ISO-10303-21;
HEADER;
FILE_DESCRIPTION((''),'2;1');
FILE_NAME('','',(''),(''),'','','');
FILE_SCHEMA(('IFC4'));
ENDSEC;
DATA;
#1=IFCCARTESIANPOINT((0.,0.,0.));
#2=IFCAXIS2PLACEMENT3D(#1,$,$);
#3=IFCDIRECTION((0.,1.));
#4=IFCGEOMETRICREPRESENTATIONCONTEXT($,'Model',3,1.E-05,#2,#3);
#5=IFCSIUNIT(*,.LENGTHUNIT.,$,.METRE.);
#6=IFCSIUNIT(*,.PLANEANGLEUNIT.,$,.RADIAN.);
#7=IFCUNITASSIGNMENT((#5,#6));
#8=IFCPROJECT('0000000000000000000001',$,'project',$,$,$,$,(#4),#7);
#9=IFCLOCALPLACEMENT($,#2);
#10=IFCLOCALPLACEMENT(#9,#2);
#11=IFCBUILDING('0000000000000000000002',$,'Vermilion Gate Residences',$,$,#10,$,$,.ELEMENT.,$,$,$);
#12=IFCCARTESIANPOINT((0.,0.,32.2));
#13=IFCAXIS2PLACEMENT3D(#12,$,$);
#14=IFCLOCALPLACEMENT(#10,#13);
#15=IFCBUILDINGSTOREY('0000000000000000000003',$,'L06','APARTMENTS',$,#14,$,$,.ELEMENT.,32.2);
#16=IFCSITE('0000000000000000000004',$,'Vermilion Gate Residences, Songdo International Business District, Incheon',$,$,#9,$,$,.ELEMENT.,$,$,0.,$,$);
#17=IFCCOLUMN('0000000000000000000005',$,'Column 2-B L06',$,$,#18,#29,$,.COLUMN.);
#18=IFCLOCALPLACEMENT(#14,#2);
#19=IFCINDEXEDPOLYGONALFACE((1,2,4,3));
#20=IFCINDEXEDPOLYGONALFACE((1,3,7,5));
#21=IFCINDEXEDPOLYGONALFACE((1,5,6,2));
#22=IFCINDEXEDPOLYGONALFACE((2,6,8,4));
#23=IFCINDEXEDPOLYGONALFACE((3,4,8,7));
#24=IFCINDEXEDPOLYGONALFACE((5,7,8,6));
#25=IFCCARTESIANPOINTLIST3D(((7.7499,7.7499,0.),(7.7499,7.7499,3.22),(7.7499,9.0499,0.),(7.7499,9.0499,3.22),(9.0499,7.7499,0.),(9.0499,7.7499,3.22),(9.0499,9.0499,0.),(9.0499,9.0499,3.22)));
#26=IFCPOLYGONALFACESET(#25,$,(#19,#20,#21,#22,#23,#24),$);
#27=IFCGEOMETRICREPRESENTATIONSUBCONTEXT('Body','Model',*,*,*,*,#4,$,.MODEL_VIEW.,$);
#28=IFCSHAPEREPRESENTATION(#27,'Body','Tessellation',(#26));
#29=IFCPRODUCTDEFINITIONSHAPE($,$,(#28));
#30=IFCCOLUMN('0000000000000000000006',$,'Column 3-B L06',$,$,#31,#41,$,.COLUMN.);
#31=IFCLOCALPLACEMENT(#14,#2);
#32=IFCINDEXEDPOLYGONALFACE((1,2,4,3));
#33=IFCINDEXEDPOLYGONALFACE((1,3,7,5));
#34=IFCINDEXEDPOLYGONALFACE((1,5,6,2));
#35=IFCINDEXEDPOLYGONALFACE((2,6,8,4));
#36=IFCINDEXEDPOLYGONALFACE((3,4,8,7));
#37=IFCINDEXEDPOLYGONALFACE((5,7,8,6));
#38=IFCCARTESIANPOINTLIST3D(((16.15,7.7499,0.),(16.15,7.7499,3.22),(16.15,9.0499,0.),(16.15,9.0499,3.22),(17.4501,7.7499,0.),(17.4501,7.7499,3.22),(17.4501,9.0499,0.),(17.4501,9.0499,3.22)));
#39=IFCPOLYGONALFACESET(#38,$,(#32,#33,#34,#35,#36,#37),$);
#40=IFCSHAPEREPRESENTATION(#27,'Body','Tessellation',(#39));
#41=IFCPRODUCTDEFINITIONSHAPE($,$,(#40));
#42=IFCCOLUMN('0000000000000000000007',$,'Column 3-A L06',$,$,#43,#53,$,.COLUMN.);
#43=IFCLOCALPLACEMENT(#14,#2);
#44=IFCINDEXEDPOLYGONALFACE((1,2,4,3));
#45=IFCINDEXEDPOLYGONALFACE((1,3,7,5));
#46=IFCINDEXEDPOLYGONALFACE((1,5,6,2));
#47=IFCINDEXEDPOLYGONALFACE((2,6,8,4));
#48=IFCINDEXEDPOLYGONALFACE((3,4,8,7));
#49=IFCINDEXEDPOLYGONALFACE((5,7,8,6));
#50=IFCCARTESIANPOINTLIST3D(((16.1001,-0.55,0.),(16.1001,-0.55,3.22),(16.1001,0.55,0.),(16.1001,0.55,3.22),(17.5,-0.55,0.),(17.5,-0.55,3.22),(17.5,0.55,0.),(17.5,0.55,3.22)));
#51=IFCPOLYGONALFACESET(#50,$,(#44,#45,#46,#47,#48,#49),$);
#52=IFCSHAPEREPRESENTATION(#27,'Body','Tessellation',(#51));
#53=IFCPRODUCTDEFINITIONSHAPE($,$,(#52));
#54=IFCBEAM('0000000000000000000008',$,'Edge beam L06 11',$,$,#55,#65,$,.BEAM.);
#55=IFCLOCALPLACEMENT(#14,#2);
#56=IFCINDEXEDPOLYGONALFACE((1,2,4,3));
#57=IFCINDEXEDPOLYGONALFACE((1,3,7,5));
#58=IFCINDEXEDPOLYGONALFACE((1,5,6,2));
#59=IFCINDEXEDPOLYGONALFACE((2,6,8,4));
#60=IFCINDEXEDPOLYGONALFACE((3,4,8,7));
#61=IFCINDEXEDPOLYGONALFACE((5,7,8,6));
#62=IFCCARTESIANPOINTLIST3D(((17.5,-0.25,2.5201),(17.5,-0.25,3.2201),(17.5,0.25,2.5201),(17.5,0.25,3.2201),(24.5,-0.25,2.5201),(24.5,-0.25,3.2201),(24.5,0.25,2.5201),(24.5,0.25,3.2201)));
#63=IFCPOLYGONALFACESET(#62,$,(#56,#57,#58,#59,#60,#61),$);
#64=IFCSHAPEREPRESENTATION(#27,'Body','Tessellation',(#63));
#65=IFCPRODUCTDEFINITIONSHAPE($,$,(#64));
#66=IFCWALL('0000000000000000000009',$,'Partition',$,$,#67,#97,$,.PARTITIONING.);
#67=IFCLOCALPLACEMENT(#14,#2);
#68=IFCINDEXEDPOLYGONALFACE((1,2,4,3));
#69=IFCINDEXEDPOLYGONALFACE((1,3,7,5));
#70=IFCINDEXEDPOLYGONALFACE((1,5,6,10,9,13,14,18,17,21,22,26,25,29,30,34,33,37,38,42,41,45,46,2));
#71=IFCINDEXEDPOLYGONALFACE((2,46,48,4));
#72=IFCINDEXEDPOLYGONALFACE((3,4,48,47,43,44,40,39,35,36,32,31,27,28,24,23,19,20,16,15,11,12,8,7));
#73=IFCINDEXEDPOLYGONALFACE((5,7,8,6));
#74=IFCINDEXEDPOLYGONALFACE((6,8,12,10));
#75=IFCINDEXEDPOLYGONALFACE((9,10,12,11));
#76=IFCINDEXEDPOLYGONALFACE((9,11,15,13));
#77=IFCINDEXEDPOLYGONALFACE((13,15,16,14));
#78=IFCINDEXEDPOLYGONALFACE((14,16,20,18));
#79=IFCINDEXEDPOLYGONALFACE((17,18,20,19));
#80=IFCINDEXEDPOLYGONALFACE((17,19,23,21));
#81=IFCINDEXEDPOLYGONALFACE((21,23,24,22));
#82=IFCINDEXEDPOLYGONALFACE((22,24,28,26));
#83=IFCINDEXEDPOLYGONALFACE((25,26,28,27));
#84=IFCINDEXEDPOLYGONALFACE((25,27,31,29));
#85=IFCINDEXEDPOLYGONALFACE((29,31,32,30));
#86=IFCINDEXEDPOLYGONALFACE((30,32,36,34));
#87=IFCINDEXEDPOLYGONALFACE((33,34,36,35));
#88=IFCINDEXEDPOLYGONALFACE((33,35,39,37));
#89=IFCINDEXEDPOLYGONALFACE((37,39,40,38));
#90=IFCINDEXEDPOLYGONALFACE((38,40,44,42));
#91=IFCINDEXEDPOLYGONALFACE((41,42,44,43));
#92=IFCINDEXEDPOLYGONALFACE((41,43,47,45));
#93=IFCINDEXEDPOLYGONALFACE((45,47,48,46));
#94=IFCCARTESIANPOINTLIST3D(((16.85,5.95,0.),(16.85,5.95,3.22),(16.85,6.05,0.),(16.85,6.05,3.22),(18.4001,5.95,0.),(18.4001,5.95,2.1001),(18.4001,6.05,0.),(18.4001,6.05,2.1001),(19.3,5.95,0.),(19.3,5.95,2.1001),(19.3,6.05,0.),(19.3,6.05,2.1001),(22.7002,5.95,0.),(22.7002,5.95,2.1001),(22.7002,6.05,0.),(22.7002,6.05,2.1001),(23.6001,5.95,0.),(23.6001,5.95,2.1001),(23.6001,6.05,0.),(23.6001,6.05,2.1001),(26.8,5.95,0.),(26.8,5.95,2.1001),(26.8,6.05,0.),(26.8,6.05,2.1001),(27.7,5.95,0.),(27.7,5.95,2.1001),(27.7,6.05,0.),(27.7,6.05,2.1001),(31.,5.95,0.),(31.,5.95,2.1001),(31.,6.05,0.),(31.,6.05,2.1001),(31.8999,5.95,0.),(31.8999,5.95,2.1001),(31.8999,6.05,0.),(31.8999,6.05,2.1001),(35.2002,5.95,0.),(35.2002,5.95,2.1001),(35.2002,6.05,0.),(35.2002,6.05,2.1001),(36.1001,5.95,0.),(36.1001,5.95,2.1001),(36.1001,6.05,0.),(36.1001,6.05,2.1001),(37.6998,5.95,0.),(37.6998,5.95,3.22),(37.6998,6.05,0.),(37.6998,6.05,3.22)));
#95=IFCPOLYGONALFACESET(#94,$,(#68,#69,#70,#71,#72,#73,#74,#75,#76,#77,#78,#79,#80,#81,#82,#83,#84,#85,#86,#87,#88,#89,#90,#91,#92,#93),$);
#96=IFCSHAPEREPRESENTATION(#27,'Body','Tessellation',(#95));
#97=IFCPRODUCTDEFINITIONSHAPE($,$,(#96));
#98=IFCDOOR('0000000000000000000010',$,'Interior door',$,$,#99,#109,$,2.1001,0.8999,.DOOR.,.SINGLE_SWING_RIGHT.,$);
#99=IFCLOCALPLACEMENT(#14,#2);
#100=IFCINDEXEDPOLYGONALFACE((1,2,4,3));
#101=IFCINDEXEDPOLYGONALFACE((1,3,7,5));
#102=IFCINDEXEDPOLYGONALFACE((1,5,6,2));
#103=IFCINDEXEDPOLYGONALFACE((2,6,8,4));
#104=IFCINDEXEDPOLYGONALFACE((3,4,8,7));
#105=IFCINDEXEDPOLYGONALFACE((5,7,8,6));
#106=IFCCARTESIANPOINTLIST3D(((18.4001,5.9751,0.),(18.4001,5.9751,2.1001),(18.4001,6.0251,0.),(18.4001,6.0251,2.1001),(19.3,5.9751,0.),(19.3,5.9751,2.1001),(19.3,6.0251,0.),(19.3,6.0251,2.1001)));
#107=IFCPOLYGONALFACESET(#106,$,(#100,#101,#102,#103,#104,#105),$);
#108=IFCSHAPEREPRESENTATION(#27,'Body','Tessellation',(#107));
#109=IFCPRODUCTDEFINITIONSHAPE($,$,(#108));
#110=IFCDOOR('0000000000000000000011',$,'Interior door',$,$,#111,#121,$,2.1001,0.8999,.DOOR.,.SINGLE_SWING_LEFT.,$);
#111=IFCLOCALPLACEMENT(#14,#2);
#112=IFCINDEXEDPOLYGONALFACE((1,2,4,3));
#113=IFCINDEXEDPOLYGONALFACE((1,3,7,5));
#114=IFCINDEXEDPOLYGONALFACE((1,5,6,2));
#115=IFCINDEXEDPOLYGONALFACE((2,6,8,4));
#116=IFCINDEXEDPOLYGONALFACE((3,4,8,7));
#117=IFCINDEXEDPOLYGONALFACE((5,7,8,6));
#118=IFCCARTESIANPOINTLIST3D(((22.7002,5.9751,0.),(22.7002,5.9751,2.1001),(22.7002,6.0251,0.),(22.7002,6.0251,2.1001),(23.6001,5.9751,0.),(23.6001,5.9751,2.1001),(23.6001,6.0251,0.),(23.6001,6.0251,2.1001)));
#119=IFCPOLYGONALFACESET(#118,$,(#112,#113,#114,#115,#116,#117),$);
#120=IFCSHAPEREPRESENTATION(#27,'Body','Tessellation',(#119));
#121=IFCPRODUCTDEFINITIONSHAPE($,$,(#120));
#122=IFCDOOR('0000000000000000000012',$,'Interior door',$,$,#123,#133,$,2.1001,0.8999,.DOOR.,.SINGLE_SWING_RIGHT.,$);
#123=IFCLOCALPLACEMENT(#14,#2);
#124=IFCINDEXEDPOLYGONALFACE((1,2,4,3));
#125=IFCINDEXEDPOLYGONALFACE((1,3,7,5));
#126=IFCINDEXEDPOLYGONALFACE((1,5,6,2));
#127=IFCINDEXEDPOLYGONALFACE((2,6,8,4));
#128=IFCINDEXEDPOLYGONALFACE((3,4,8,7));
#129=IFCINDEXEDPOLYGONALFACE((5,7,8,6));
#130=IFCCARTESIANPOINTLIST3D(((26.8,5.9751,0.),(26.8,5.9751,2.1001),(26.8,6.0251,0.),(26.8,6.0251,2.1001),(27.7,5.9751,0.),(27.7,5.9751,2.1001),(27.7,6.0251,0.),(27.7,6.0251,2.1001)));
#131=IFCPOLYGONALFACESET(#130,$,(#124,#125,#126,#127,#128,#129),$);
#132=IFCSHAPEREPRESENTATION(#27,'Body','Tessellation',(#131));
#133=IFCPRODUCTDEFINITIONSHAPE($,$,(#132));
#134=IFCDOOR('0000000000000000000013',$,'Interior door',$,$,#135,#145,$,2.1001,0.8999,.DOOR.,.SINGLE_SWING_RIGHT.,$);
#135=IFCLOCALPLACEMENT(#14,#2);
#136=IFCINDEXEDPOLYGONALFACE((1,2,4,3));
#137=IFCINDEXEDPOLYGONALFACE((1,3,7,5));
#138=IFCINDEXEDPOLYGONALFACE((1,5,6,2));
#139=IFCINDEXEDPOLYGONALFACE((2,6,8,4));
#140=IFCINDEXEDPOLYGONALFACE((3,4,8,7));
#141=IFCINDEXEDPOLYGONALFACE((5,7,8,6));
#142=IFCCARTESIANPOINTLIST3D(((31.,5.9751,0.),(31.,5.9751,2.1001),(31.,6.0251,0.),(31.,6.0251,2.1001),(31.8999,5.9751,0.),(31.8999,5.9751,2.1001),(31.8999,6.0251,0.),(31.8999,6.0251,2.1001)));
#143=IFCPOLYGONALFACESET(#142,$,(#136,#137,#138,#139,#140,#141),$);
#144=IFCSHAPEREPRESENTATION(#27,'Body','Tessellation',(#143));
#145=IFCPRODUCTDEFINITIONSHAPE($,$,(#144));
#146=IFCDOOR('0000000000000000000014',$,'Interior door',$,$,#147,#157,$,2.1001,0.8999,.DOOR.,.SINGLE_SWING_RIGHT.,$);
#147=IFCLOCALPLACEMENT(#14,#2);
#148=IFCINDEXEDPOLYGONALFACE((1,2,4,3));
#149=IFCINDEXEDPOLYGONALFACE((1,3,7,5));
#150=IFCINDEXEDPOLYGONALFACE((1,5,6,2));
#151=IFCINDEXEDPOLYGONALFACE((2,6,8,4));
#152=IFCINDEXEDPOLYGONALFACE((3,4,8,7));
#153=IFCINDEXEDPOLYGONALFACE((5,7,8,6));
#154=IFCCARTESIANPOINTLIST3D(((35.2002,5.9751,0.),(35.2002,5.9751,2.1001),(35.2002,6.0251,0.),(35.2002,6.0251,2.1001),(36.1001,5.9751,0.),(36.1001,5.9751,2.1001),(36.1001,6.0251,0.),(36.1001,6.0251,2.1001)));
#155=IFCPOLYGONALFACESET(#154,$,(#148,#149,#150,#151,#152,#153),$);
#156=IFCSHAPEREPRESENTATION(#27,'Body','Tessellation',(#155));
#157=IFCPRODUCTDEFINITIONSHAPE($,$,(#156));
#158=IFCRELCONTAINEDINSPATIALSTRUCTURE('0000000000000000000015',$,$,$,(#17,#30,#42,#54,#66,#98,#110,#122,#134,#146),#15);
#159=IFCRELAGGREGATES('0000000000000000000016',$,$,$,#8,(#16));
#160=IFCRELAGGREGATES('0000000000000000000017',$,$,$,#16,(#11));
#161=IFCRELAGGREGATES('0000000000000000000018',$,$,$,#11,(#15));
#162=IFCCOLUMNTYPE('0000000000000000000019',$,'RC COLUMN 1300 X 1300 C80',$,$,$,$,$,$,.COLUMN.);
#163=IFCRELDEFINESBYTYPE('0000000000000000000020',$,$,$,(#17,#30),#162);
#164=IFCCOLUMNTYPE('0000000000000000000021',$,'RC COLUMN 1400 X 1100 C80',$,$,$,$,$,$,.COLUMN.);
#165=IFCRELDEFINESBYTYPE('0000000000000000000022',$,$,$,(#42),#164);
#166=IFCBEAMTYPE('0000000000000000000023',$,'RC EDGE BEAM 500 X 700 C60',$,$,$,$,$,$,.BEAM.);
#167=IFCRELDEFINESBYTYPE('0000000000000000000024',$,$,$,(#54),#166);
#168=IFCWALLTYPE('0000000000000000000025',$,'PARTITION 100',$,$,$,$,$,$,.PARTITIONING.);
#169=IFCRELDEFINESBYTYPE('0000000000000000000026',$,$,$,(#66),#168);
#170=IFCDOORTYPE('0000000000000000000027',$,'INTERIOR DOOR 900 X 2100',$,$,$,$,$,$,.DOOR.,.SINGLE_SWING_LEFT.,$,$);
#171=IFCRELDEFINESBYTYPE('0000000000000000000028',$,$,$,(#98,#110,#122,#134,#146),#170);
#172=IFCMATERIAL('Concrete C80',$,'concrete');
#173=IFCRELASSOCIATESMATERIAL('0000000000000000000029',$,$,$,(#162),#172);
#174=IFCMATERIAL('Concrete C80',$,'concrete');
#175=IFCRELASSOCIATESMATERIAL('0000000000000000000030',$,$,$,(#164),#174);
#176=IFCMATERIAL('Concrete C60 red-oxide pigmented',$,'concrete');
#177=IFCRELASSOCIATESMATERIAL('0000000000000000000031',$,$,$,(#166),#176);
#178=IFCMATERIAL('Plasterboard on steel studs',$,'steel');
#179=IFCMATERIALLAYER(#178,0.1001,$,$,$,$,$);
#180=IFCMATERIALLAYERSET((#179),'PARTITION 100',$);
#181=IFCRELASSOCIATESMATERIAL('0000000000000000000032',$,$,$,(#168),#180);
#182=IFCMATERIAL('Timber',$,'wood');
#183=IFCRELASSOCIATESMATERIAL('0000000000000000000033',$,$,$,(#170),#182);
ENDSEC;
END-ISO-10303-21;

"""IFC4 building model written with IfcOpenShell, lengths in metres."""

from ifc_helpers import new_model, si_unit, direction, frame, frame_2d, origin, origin_2d, place, context, subcontext, project, spatial, rectangle, extrude, material, layer, layer_set, material_profile, profile_set, type_object, element, fill, save


model = new_model("IFC4")

# Units and contexts
model_context = context("Model", 3, precision=1e-05, world=origin(), true_north=direction((0.0, 1.0)))
body_context = subcontext(model_context, "Body", "Model", "MODEL_VIEW")
ifc_project = project(units=[si_unit("LENGTHUNIT", "METRE"), si_unit("PLANEANGLEUNIT", "RADIAN")], contexts=[model_context])

# Site, building, storey
site_placement = place(None, origin())
site = spatial("IfcSite", under=ifc_project, at=site_placement, Name="Vermilion Gate Residences, Songdo International Business District, Incheon", CompositionType="ELEMENT", RefElevation=0.0)
building_placement = place(site_placement, origin())
building = spatial("IfcBuilding", under=site, at=building_placement, Name="Vermilion Gate Residences", CompositionType="ELEMENT")
storey_placement = place(building_placement, frame((0.0, 0.0, 32.2)))
storey = spatial("IfcBuildingStorey", under=building, at=storey_placement, Name="L06", Description="APARTMENTS", CompositionType="ELEMENT", Elevation=32.2)

# Columns
ifc_material_1 = material(Name="Concrete C80", Category="concrete")
ifc_material_profile_1 = material_profile(ifc_material_1, rectangle(XDim=1.3, YDim=1.3, at=origin_2d()), Name="RC-1300x1300")
ifc_profile_set_1 = profile_set([ifc_material_profile_1], Name="Concrete C80")
column_type_1 = type_object("IfcColumnType", Name="RC COLUMN 1300 X 1300 C80", PredefinedType="COLUMN", material=ifc_profile_set_1)
for number, where, z_axis, x_axis, name in (
    (1, (8.3999, 8.3999, 0.0), (0.0, 0.0, 1.0), (1.0, 0.0, 0.0), "Column 2-B L06"),
    (2, (16.8, 8.3999, 0.0), (0.0, 0.0, 1.0), (1.0, 0.0, 0.0), "Column 3-B L06"),
):
    element("IfcColumn", number, at=place(storey_placement, frame(where, z_axis=z_axis, x_axis=x_axis)), inside=storey, type_object=column_type_1, Name=name, PredefinedType="COLUMN", context=body_context, shape_type="SweptSolid", body=[
        extrude(rectangle(XDim=1.3, YDim=1.3, at=origin_2d()), origin(), (0.0, 0.0, 1.0), 3.22),
    ])
ifc_material_2 = material(Name="Concrete C80", Category="concrete")
ifc_material_profile_2 = material_profile(ifc_material_2, rectangle(XDim=1.3999, YDim=1.1001, at=origin_2d()), Name="RC-1400x1100")
ifc_profile_set_2 = profile_set([ifc_material_profile_2], Name="Concrete C80")
column_type_2 = type_object("IfcColumnType", Name="RC COLUMN 1400 X 1100 C80", PredefinedType="COLUMN", material=ifc_profile_set_2)
column_placement = place(storey_placement, frame((16.8, 0.0, 0.0), z_axis=(0.0, 0.0, 1.0), x_axis=(1.0, 0.0, 0.0)))
element("IfcColumn", 3, at=column_placement, inside=storey, type_object=column_type_2, Name="Column 3-A L06", PredefinedType="COLUMN", context=body_context, shape_type="SweptSolid", body=[
    extrude(rectangle(XDim=1.3999, YDim=1.1001, at=origin_2d()), origin(), (0.0, 0.0, 1.0), 3.22),
])

# Beam
ifc_material_3 = material(Name="Concrete C60 red-oxide pigmented", Category="concrete")
ifc_material_profile_3 = material_profile(ifc_material_3, rectangle(XDim=0.5, YDim=0.7, at=origin_2d()), Name="RC-500x700")
ifc_profile_set_3 = profile_set([ifc_material_profile_3], Name="Concrete C60 red-oxide pigmented")
beam_type = type_object("IfcBeamType", Name="RC EDGE BEAM 500 X 700 C60", PredefinedType="BEAM", material=ifc_profile_set_3)
beam_placement = place(storey_placement, frame((17.5, 0.0, 2.8701), z_axis=(1.0, 0.0, 0.0), x_axis=(0.0, 1.0, 0.0)))
element("IfcBeam", 4, at=beam_placement, inside=storey, type_object=beam_type, Name="Edge beam L06 11", PredefinedType="BEAM", context=body_context, shape_type="SweptSolid", body=[
    extrude(rectangle(XDim=0.5, YDim=0.7, at=origin_2d()), origin(), (0.0, 0.0, 1.0), 7.0),
])

# Wall, openings, doors
ifc_material_4 = material(Name="Plasterboard on steel studs", Category="steel")
ifc_layer = layer(ifc_material_4, 0.1001)
ifc_layer_set = layer_set([ifc_layer], Name="PARTITION 100")
wall_type = type_object("IfcWallType", Name="PARTITION 100", PredefinedType="PARTITIONING", material=ifc_layer_set)
wall_1_placement = place(storey_placement, frame((16.8501, 6.0, 0.0), z_axis=(0.0, 0.0, 1.0), x_axis=(1.0, 0.0, 0.0)))
wall_1 = element("IfcWall", 5, at=wall_1_placement, inside=storey, type_object=wall_type, Name="Partition", PredefinedType="PARTITIONING", context=body_context, shape_type="SweptSolid", body=[
    extrude(rectangle(XDim=20.8499, YDim=0.1001, at=frame_2d((10.4248, 0.0))), origin(), (0.0, 0.0, 1.0), 3.22),
])
opening_1_placement = place(wall_1_placement, frame((1.55, 0.0, 0.0)))
opening_1 = element("IfcOpeningElement", 6, at=opening_1_placement, cuts=wall_1, PredefinedType="OPENING", context=body_context, shape_type="SweptSolid", body=[
    extrude(rectangle(XDim=0.8999, YDim=2.1001, at=frame_2d((0.45, 1.05))), frame((0.0, 0.0601, 0.0), z_axis=(0.0, -1.0, 0.0), x_axis=(1.0, 0.0, 0.0)), (0.0, 0.0, 1.0), 0.1201),
])
opening_2_placement = place(wall_1_placement, frame((5.8501, 0.0, 0.0)))
opening_2 = element("IfcOpeningElement", 7, at=opening_2_placement, cuts=wall_1, PredefinedType="OPENING", context=body_context, shape_type="SweptSolid", body=[
    extrude(rectangle(XDim=0.8999, YDim=2.1001, at=frame_2d((0.45, 1.05))), frame((0.0, 0.0601, 0.0), z_axis=(0.0, -1.0, 0.0), x_axis=(1.0, 0.0, 0.0)), (0.0, 0.0, 1.0), 0.1201),
])
opening_3_placement = place(wall_1_placement, frame((9.95, 0.0, 0.0)))
opening_3 = element("IfcOpeningElement", 8, at=opening_3_placement, cuts=wall_1, PredefinedType="OPENING", context=body_context, shape_type="SweptSolid", body=[
    extrude(rectangle(XDim=0.8999, YDim=2.1001, at=frame_2d((0.45, 1.05))), frame((0.0, 0.0601, 0.0), z_axis=(0.0, -1.0, 0.0), x_axis=(1.0, 0.0, 0.0)), (0.0, 0.0, 1.0), 0.1201),
])
opening_4_placement = place(wall_1_placement, frame((14.1499, 0.0, 0.0)))
opening_4 = element("IfcOpeningElement", 9, at=opening_4_placement, cuts=wall_1, PredefinedType="OPENING", context=body_context, shape_type="SweptSolid", body=[
    extrude(rectangle(XDim=0.8999, YDim=2.1001, at=frame_2d((0.45, 1.05))), frame((0.0, 0.0601, 0.0), z_axis=(0.0, -1.0, 0.0), x_axis=(1.0, 0.0, 0.0)), (0.0, 0.0, 1.0), 0.1201),
])
opening_5_placement = place(wall_1_placement, frame((18.3501, 0.0, 0.0)))
opening_5 = element("IfcOpeningElement", 10, at=opening_5_placement, cuts=wall_1, PredefinedType="OPENING", context=body_context, shape_type="SweptSolid", body=[
    extrude(rectangle(XDim=0.8999, YDim=2.1001, at=frame_2d((0.45, 1.05))), frame((0.0, 0.0601, 0.0), z_axis=(0.0, -1.0, 0.0), x_axis=(1.0, 0.0, 0.0)), (0.0, 0.0, 1.0), 0.1201),
])
ifc_material_5 = material(Name="Timber", Category="wood")
door_type = type_object("IfcDoorType", Name="INTERIOR DOOR 900 X 2100", OperationType="SINGLE_SWING_LEFT", PredefinedType="DOOR", material=ifc_material_5)
door_1_placement = place(opening_1_placement, frame((0.8999, 0.0, 0.0), z_axis=(0.0, 0.0, 1.0), x_axis=(-1.0, 0.0, 0.0)))
door_1 = element("IfcDoor", 11, at=door_1_placement, inside=storey, type_object=door_type, Name="Interior door", OperationType="SINGLE_SWING_RIGHT", OverallHeight=2.1001, OverallWidth=0.8999, PredefinedType="DOOR", context=body_context, shape_type="SweptSolid", body=[
    extrude(rectangle(XDim=0.8999, YDim=2.1001, at=frame_2d((0.45, 1.05))), frame((0.0, 0.0249, 0.0), z_axis=(0.0, -1.0, 0.0), x_axis=(1.0, 0.0, 0.0)), (0.0, 0.0, 1.0), 0.05),
])
fill(opening_1, door_1)
door_2_placement = place(opening_2_placement, frame((0.8999, 0.0, 0.0), z_axis=(0.0, 0.0, 1.0), x_axis=(-1.0, 0.0, 0.0)))
door_2 = element("IfcDoor", 12, at=door_2_placement, inside=storey, type_object=door_type, Name="Interior door", OperationType="SINGLE_SWING_LEFT", OverallHeight=2.1001, OverallWidth=0.8999, PredefinedType="DOOR", context=body_context, shape_type="SweptSolid", body=[
    extrude(rectangle(XDim=0.8999, YDim=2.1001, at=frame_2d((0.45, 1.05))), frame((0.0, 0.0249, 0.0), z_axis=(0.0, -1.0, 0.0), x_axis=(1.0, 0.0, 0.0)), (0.0, 0.0, 1.0), 0.05),
])
fill(opening_2, door_2)
door_3_placement = place(opening_3_placement, frame((0.8999, 0.0, 0.0), z_axis=(0.0, 0.0, 1.0), x_axis=(-1.0, 0.0, 0.0)))
door_3 = element("IfcDoor", 13, at=door_3_placement, inside=storey, type_object=door_type, Name="Interior door", OperationType="SINGLE_SWING_RIGHT", OverallHeight=2.1001, OverallWidth=0.8999, PredefinedType="DOOR", context=body_context, shape_type="SweptSolid", body=[
    extrude(rectangle(XDim=0.8999, YDim=2.1001, at=frame_2d((0.45, 1.05))), frame((0.0, 0.0249, 0.0), z_axis=(0.0, -1.0, 0.0), x_axis=(1.0, 0.0, 0.0)), (0.0, 0.0, 1.0), 0.05),
])
fill(opening_3, door_3)
door_4_placement = place(opening_4_placement, frame((0.8999, 0.0, 0.0), z_axis=(0.0, 0.0, 1.0), x_axis=(-1.0, 0.0, 0.0)))
door_4 = element("IfcDoor", 14, at=door_4_placement, inside=storey, type_object=door_type, Name="Interior door", OperationType="SINGLE_SWING_RIGHT", OverallHeight=2.1001, OverallWidth=0.8999, PredefinedType="DOOR", context=body_context, shape_type="SweptSolid", body=[
    extrude(rectangle(XDim=0.8999, YDim=2.1001, at=frame_2d((0.45, 1.05))), frame((0.0, 0.0249, 0.0), z_axis=(0.0, -1.0, 0.0), x_axis=(1.0, 0.0, 0.0)), (0.0, 0.0, 1.0), 0.05),
])
fill(opening_4, door_4)
door_5_placement = place(opening_5_placement, frame((0.8999, 0.0, 0.0), z_axis=(0.0, 0.0, 1.0), x_axis=(-1.0, 0.0, 0.0)))
door_5 = element("IfcDoor", 15, at=door_5_placement, inside=storey, type_object=door_type, Name="Interior door", OperationType="SINGLE_SWING_RIGHT", OverallHeight=2.1001, OverallWidth=0.8999, PredefinedType="DOOR", context=body_context, shape_type="SweptSolid", body=[
    extrude(rectangle(XDim=0.8999, YDim=2.1001, at=frame_2d((0.45, 1.05))), frame((0.0, 0.0249, 0.0), z_axis=(0.0, -1.0, 0.0), x_axis=(1.0, 0.0, 0.0)), (0.0, 0.0, 1.0), 0.05),
])
fill(opening_5, door_5)

save(model, "model.ifc")
